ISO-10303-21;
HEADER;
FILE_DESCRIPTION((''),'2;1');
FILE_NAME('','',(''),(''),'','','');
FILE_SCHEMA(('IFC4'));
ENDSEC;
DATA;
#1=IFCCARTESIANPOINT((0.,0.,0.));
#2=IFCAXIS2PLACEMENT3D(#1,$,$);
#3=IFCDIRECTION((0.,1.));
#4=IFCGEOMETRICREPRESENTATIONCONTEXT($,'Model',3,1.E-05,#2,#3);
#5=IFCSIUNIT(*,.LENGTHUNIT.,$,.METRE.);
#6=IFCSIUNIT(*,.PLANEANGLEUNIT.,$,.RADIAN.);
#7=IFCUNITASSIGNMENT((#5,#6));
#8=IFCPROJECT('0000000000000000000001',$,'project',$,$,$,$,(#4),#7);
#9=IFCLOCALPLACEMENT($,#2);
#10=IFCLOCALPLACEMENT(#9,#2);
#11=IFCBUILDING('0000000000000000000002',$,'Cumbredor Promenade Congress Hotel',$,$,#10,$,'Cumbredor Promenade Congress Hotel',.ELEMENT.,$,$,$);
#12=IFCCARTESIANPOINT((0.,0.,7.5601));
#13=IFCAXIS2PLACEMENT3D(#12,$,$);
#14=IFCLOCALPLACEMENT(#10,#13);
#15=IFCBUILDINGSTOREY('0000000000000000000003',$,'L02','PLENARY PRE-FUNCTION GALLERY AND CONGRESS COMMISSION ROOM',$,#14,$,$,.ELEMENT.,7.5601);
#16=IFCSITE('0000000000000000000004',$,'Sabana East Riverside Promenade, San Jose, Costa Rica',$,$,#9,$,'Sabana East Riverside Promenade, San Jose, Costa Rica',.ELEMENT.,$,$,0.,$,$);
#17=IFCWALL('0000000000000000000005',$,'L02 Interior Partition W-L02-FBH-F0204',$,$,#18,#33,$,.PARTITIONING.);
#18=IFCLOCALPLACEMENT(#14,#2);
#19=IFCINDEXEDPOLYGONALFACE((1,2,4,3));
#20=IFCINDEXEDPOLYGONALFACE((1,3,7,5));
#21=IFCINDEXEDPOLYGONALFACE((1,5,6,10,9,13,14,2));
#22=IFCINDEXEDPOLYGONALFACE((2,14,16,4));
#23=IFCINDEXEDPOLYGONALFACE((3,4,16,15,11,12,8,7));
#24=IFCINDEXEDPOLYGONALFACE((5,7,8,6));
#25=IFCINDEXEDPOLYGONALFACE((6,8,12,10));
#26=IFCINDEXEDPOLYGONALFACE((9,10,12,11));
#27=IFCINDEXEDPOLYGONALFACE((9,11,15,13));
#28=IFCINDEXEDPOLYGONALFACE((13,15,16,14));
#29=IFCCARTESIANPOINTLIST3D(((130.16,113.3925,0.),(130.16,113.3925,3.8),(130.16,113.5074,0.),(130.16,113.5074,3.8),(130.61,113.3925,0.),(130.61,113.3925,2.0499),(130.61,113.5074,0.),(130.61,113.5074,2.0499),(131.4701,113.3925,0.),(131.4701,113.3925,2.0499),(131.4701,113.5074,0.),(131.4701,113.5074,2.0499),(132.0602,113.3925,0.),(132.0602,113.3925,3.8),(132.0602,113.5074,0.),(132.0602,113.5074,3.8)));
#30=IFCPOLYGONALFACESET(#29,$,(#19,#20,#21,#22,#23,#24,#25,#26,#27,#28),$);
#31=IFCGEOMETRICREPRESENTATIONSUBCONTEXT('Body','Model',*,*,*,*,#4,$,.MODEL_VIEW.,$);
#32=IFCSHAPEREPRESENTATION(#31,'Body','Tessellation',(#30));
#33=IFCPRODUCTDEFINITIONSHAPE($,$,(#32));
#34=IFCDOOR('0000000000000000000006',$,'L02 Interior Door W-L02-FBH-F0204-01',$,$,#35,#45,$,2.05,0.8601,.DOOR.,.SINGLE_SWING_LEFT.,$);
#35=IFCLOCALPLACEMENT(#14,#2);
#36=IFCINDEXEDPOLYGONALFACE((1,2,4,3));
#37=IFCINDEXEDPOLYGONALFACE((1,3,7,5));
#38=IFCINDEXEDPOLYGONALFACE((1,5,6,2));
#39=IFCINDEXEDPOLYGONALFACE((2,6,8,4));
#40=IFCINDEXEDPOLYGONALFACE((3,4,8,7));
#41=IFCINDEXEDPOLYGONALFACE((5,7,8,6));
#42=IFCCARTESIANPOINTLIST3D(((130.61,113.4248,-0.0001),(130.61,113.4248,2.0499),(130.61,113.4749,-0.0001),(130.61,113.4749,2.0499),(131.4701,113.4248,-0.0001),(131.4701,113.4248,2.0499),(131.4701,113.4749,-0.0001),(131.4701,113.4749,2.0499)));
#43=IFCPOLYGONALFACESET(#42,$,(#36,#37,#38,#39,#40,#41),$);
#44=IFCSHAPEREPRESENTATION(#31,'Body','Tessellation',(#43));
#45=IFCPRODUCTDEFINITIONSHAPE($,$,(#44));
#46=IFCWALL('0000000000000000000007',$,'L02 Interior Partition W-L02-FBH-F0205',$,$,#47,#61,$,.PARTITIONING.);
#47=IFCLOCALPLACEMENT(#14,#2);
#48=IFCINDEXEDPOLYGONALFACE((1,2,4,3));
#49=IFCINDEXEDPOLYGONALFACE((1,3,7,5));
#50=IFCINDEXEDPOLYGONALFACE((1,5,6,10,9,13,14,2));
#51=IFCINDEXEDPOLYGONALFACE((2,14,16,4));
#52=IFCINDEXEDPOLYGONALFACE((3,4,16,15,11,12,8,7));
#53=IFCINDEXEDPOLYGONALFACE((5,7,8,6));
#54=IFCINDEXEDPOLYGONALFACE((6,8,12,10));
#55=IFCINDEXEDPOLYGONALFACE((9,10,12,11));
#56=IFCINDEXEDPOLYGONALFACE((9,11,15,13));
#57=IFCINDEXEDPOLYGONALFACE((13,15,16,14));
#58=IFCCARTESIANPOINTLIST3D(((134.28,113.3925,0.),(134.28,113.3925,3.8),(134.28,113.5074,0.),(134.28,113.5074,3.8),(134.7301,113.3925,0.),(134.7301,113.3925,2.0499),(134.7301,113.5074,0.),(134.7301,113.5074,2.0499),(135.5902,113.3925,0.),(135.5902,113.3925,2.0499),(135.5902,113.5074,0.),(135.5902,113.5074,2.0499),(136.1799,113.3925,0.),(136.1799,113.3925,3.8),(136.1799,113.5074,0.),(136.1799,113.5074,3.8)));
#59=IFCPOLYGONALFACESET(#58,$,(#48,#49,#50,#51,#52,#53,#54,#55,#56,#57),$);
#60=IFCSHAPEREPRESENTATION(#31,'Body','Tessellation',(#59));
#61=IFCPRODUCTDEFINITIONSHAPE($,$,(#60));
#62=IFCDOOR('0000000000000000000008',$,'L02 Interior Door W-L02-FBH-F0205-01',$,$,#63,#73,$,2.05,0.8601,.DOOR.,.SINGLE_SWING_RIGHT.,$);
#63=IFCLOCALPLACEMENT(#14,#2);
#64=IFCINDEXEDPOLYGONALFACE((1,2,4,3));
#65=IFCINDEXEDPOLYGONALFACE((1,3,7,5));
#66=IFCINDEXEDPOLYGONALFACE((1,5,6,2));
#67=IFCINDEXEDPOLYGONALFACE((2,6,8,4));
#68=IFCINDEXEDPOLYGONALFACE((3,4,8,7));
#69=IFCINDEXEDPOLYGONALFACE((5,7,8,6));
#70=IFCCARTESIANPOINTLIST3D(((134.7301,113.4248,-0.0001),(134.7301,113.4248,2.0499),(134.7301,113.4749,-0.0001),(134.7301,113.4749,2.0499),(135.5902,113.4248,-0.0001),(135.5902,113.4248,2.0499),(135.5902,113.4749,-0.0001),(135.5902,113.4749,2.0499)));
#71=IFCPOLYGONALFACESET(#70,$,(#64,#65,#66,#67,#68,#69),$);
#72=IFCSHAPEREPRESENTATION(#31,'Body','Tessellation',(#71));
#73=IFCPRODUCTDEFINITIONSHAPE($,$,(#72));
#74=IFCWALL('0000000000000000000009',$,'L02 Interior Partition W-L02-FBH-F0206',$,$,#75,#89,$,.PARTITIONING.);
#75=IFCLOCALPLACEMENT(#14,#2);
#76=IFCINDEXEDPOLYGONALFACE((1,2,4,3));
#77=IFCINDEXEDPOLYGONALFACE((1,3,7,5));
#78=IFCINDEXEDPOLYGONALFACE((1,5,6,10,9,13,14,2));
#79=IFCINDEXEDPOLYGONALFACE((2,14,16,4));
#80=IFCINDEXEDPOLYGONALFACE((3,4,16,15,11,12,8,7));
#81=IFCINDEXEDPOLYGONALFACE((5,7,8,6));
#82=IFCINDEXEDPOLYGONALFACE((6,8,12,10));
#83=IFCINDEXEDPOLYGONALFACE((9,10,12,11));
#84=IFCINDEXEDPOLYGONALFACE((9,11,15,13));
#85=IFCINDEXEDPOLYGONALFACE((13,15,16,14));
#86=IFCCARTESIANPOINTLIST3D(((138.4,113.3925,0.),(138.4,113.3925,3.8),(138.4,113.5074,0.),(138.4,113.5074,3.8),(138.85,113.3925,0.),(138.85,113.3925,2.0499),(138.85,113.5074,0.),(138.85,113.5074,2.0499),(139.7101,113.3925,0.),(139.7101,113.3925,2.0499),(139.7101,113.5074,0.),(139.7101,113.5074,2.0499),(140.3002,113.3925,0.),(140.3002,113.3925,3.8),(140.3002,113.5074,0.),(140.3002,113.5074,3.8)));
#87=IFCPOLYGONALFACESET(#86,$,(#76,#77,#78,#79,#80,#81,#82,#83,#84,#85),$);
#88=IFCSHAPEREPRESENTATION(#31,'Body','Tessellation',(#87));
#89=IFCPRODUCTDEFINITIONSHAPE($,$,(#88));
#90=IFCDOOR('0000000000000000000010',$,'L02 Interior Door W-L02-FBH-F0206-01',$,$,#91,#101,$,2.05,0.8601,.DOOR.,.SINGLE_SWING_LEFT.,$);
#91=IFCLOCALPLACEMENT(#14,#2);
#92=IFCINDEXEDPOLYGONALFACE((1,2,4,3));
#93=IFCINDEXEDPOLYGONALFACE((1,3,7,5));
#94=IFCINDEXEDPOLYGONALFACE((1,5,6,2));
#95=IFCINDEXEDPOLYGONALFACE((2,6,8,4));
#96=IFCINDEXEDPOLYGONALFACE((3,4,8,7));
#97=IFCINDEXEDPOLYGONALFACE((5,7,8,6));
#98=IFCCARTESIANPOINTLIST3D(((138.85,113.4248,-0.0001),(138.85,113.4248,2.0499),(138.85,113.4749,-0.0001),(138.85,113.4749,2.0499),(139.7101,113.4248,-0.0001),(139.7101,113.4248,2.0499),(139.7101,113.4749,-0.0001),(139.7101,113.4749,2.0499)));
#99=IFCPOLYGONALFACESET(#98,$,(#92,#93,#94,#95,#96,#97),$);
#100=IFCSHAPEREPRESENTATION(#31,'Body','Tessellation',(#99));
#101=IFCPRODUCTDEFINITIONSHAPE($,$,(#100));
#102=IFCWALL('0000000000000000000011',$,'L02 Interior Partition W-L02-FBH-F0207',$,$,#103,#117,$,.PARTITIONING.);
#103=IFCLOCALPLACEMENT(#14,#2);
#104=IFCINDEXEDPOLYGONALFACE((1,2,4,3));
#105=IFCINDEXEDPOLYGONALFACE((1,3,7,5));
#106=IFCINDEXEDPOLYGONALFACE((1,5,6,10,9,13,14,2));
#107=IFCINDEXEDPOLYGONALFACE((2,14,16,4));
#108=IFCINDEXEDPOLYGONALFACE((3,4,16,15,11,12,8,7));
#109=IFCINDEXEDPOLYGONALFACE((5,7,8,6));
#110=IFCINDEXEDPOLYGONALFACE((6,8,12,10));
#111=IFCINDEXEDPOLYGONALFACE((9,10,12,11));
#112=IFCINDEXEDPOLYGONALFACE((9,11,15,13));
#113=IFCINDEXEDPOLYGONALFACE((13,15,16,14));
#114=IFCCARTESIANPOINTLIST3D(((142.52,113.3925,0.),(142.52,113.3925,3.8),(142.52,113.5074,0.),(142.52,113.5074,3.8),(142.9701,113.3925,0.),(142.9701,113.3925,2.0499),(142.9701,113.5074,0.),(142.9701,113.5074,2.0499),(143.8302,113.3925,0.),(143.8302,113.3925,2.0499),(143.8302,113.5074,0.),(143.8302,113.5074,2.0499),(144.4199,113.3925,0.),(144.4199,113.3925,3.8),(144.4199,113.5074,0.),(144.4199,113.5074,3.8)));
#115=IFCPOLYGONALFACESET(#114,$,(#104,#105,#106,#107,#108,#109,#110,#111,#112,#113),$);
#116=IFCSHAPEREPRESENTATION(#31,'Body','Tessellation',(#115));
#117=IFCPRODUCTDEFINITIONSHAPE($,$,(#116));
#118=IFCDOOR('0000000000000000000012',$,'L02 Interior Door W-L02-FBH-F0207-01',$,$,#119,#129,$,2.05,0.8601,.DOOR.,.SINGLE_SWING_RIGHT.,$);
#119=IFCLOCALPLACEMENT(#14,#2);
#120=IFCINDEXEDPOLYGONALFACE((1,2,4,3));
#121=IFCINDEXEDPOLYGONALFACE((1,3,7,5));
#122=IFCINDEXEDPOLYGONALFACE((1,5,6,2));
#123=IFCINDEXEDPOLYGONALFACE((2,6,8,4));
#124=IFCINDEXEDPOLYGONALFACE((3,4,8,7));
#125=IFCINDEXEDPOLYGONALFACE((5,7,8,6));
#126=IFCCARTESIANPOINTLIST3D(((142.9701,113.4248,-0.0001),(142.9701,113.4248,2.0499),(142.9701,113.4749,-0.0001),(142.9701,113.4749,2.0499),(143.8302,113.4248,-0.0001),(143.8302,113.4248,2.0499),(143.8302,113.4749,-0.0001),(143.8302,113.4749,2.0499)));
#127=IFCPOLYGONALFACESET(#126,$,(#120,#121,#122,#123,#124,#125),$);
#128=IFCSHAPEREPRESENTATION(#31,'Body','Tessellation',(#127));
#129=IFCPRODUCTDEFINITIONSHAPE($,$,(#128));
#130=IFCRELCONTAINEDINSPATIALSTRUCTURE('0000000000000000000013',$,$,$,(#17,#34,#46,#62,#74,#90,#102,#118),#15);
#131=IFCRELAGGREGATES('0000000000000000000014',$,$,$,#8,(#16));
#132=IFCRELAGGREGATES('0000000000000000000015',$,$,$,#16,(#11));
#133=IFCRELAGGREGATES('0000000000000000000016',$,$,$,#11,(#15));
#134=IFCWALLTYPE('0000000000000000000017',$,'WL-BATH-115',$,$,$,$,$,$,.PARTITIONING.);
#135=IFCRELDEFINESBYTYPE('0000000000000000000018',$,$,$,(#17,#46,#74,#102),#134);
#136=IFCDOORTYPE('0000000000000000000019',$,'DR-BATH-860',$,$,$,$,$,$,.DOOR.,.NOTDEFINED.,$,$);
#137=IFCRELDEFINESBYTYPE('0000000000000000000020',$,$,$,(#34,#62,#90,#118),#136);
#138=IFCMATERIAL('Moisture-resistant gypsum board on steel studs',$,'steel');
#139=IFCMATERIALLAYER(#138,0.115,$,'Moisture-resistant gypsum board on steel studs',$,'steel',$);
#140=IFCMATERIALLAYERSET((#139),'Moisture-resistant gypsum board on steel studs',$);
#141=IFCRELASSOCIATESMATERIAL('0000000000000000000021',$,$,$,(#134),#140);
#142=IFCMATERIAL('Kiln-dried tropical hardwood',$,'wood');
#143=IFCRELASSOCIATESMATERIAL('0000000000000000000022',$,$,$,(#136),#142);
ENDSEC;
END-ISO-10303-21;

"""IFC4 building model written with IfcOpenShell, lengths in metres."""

from ifc_helpers import new_model, si_unit, direction, frame, frame_2d, origin, place, context, subcontext, project, spatial, rectangle, extrude, material, layer, layer_set, type_object, element, fill, save


model = new_model("IFC4")

# Units and contexts
model_context = context("Model", 3, precision=1e-05, world=origin(), true_north=direction((0.0, 1.0)))
body_context = subcontext(model_context, "Body", "Model", "MODEL_VIEW")
ifc_project = project(units=[si_unit("LENGTHUNIT", "METRE"), si_unit("PLANEANGLEUNIT", "RADIAN")], contexts=[model_context])

# Site, building, storey
site_placement = place(None, origin())
site = spatial("IfcSite", under=ifc_project, at=site_placement, Name="Sabana East Riverside Promenade, San Jose, Costa Rica", LongName="Sabana East Riverside Promenade, San Jose, Costa Rica", CompositionType="ELEMENT", RefElevation=0.0)
building_placement = place(site_placement, origin())
building = spatial("IfcBuilding", under=site, at=building_placement, Name="Cumbredor Promenade Congress Hotel", LongName="Cumbredor Promenade Congress Hotel", CompositionType="ELEMENT")
storey_placement = place(building_placement, frame((0.0, 0.0, 7.5601)))
storey = spatial("IfcBuildingStorey", under=building, at=storey_placement, Name="L02", Description="PLENARY PRE-FUNCTION GALLERY AND CONGRESS COMMISSION ROOM", CompositionType="ELEMENT", Elevation=7.5601)

# Shared definitions
ifc_material_1 = material(Name="Kiln-dried tropical hardwood", Category="wood")

# Walls, openings, doors
ifc_material_2 = material(Name="Moisture-resistant gypsum board on steel studs", Category="steel")
ifc_layer_1 = layer(ifc_material_2, 0.115, Name="Moisture-resistant gypsum board on steel studs", Category="steel")
ifc_layer_set_1 = layer_set([ifc_layer_1], Name="Moisture-resistant gypsum board on steel studs")
wall_type_1 = type_object("IfcWallType", Name="WL-BATH-115", PredefinedType="PARTITIONING", material=ifc_layer_set_1)
wall_1_placement = place(storey_placement, frame((130.1599, 113.45, 0.0), z_axis=(0.0, 0.0, 1.0), x_axis=(1.0, 0.0, 0.0)))
wall_1 = element("IfcWall", 1, at=wall_1_placement, inside=storey, type_object=wall_type_1, Name="L02 Interior Partition W-L02-FBH-F0204", PredefinedType="PARTITIONING", context=body_context, shape_type="SweptSolid", body=[
    extrude(rectangle(XDim=1.9001, YDim=0.115, at=frame_2d((0.9502, 0.0))), origin(), (0.0, 0.0, 1.0), 3.8),
])
opening_1_placement = place(wall_1_placement, frame((0.45, 0.0, 0.0)))
opening_1 = element("IfcOpeningElement", 2, at=opening_1_placement, cuts=wall_1, PredefinedType="OPENING", context=body_context, shape_type="SweptSolid", body=[
    extrude(rectangle(XDim=0.8601, YDim=2.05, at=frame_2d((0.4302, 1.0249))), frame((0.0, 0.0674, 0.0), z_axis=(0.0, -1.0, 0.0), x_axis=(1.0, 0.0, 0.0)), (0.0, 0.0, 1.0), 0.135),
])
door_type = type_object("IfcDoorType", Name="DR-BATH-860", OperationType="NOTDEFINED", PredefinedType="DOOR", material=ifc_material_1)
door_1_placement = place(opening_1_placement, origin())
door_1 = element("IfcDoor", 3, at=door_1_placement, inside=storey, type_object=door_type, Name="L02 Interior Door W-L02-FBH-F0204-01", OperationType="SINGLE_SWING_LEFT", OverallHeight=2.05, OverallWidth=0.8601, PredefinedType="DOOR", context=body_context, shape_type="SweptSolid", body=[
    extrude(rectangle(XDim=0.8601, YDim=2.05, at=frame_2d((0.4302, 1.0249))), frame((0.0, 0.0249, 0.0), z_axis=(0.0, -1.0, 0.0), x_axis=(1.0, 0.0, 0.0)), (0.0, 0.0, 1.0), 0.05),
])
fill(opening_1, door_1)
wall_2_placement = place(storey_placement, frame((134.28, 113.45, 0.0), z_axis=(0.0, 0.0, 1.0), x_axis=(1.0, 0.0, 0.0)))
wall_2 = element("IfcWall", 4, at=wall_2_placement, inside=storey, type_object=wall_type_1, Name="L02 Interior Partition W-L02-FBH-F0205", PredefinedType="PARTITIONING", context=body_context, shape_type="SweptSolid", body=[
    extrude(rectangle(XDim=1.8999, YDim=0.115, at=frame_2d((0.95, 0.0))), origin(), (0.0, 0.0, 1.0), 3.8),
])
opening_2_placement = place(wall_2_placement, frame((0.45, 0.0, 0.0)))
opening_2 = element("IfcOpeningElement", 5, at=opening_2_placement, cuts=wall_2, PredefinedType="OPENING", context=body_context, shape_type="SweptSolid", body=[
    extrude(rectangle(XDim=0.8601, YDim=2.05, at=frame_2d((0.4302, 1.0249))), frame((0.0, 0.0674, 0.0), z_axis=(0.0, -1.0, 0.0), x_axis=(1.0, 0.0, 0.0)), (0.0, 0.0, 1.0), 0.135),
])
door_2_placement = place(opening_2_placement, origin())
door_2 = element("IfcDoor", 6, at=door_2_placement, inside=storey, type_object=door_type, Name="L02 Interior Door W-L02-FBH-F0205-01", OperationType="SINGLE_SWING_RIGHT", OverallHeight=2.05, OverallWidth=0.8601, PredefinedType="DOOR", context=body_context, shape_type="SweptSolid", body=[
    extrude(rectangle(XDim=0.8601, YDim=2.05, at=frame_2d((0.4302, 1.0249))), frame((0.0, 0.0249, 0.0), z_axis=(0.0, -1.0, 0.0), x_axis=(1.0, 0.0, 0.0)), (0.0, 0.0, 1.0), 0.05),
])
fill(opening_2, door_2)
wall_3_placement = place(storey_placement, frame((138.3999, 113.45, 0.0), z_axis=(0.0, 0.0, 1.0), x_axis=(1.0, 0.0, 0.0)))
wall_3 = element("IfcWall", 7, at=wall_3_placement, inside=storey, type_object=wall_type_1, Name="L02 Interior Partition W-L02-FBH-F0206", PredefinedType="PARTITIONING", context=body_context, shape_type="SweptSolid", body=[
    extrude(rectangle(XDim=1.9001, YDim=0.115, at=frame_2d((0.9502, 0.0))), origin(), (0.0, 0.0, 1.0), 3.8),
])
opening_3_placement = place(wall_3_placement, frame((0.45, 0.0, 0.0)))
opening_3 = element("IfcOpeningElement", 8, at=opening_3_placement, cuts=wall_3, PredefinedType="OPENING", context=body_context, shape_type="SweptSolid", body=[
    extrude(rectangle(XDim=0.8601, YDim=2.05, at=frame_2d((0.4302, 1.0249))), frame((0.0, 0.0674, 0.0), z_axis=(0.0, -1.0, 0.0), x_axis=(1.0, 0.0, 0.0)), (0.0, 0.0, 1.0), 0.135),
])
door_3_placement = place(opening_3_placement, origin())
door_3 = element("IfcDoor", 9, at=door_3_placement, inside=storey, type_object=door_type, Name="L02 Interior Door W-L02-FBH-F0206-01", OperationType="SINGLE_SWING_LEFT", OverallHeight=2.05, OverallWidth=0.8601, PredefinedType="DOOR", context=body_context, shape_type="SweptSolid", body=[
    extrude(rectangle(XDim=0.8601, YDim=2.05, at=frame_2d((0.4302, 1.0249))), frame((0.0, 0.0249, 0.0), z_axis=(0.0, -1.0, 0.0), x_axis=(1.0, 0.0, 0.0)), (0.0, 0.0, 1.0), 0.05),
])
fill(opening_3, door_3)
wall_4_placement = place(storey_placement, frame((142.52, 113.45, 0.0), z_axis=(0.0, 0.0, 1.0), x_axis=(1.0, 0.0, 0.0)))
wall_4 = element("IfcWall", 10, at=wall_4_placement, inside=storey, type_object=wall_type_1, Name="L02 Interior Partition W-L02-FBH-F0207", PredefinedType="PARTITIONING", context=body_context, shape_type="SweptSolid", body=[
    extrude(rectangle(XDim=1.8999, YDim=0.115, at=frame_2d((0.95, 0.0))), origin(), (0.0, 0.0, 1.0), 3.8),
])
opening_4_placement = place(wall_4_placement, frame((0.45, 0.0, 0.0)))
opening_4 = element("IfcOpeningElement", 11, at=opening_4_placement, cuts=wall_4, PredefinedType="OPENING", context=body_context, shape_type="SweptSolid", body=[
    extrude(rectangle(XDim=0.8601, YDim=2.05, at=frame_2d((0.4302, 1.0249))), frame((0.0, 0.0674, 0.0), z_axis=(0.0, -1.0, 0.0), x_axis=(1.0, 0.0, 0.0)), (0.0, 0.0, 1.0), 0.135),
])
door_4_placement = place(opening_4_placement, origin())
door_4 = element("IfcDoor", 12, at=door_4_placement, inside=storey, type_object=door_type, Name="L02 Interior Door W-L02-FBH-F0207-01", OperationType="SINGLE_SWING_RIGHT", OverallHeight=2.05, OverallWidth=0.8601, PredefinedType="DOOR", context=body_context, shape_type="SweptSolid", body=[
    extrude(rectangle(XDim=0.8601, YDim=2.05, at=frame_2d((0.4302, 1.0249))), frame((0.0, 0.0249, 0.0), z_axis=(0.0, -1.0, 0.0), x_axis=(1.0, 0.0, 0.0)), (0.0, 0.0, 1.0), 0.05),
])
fill(opening_4, door_4)

save(model, "model.ifc")
